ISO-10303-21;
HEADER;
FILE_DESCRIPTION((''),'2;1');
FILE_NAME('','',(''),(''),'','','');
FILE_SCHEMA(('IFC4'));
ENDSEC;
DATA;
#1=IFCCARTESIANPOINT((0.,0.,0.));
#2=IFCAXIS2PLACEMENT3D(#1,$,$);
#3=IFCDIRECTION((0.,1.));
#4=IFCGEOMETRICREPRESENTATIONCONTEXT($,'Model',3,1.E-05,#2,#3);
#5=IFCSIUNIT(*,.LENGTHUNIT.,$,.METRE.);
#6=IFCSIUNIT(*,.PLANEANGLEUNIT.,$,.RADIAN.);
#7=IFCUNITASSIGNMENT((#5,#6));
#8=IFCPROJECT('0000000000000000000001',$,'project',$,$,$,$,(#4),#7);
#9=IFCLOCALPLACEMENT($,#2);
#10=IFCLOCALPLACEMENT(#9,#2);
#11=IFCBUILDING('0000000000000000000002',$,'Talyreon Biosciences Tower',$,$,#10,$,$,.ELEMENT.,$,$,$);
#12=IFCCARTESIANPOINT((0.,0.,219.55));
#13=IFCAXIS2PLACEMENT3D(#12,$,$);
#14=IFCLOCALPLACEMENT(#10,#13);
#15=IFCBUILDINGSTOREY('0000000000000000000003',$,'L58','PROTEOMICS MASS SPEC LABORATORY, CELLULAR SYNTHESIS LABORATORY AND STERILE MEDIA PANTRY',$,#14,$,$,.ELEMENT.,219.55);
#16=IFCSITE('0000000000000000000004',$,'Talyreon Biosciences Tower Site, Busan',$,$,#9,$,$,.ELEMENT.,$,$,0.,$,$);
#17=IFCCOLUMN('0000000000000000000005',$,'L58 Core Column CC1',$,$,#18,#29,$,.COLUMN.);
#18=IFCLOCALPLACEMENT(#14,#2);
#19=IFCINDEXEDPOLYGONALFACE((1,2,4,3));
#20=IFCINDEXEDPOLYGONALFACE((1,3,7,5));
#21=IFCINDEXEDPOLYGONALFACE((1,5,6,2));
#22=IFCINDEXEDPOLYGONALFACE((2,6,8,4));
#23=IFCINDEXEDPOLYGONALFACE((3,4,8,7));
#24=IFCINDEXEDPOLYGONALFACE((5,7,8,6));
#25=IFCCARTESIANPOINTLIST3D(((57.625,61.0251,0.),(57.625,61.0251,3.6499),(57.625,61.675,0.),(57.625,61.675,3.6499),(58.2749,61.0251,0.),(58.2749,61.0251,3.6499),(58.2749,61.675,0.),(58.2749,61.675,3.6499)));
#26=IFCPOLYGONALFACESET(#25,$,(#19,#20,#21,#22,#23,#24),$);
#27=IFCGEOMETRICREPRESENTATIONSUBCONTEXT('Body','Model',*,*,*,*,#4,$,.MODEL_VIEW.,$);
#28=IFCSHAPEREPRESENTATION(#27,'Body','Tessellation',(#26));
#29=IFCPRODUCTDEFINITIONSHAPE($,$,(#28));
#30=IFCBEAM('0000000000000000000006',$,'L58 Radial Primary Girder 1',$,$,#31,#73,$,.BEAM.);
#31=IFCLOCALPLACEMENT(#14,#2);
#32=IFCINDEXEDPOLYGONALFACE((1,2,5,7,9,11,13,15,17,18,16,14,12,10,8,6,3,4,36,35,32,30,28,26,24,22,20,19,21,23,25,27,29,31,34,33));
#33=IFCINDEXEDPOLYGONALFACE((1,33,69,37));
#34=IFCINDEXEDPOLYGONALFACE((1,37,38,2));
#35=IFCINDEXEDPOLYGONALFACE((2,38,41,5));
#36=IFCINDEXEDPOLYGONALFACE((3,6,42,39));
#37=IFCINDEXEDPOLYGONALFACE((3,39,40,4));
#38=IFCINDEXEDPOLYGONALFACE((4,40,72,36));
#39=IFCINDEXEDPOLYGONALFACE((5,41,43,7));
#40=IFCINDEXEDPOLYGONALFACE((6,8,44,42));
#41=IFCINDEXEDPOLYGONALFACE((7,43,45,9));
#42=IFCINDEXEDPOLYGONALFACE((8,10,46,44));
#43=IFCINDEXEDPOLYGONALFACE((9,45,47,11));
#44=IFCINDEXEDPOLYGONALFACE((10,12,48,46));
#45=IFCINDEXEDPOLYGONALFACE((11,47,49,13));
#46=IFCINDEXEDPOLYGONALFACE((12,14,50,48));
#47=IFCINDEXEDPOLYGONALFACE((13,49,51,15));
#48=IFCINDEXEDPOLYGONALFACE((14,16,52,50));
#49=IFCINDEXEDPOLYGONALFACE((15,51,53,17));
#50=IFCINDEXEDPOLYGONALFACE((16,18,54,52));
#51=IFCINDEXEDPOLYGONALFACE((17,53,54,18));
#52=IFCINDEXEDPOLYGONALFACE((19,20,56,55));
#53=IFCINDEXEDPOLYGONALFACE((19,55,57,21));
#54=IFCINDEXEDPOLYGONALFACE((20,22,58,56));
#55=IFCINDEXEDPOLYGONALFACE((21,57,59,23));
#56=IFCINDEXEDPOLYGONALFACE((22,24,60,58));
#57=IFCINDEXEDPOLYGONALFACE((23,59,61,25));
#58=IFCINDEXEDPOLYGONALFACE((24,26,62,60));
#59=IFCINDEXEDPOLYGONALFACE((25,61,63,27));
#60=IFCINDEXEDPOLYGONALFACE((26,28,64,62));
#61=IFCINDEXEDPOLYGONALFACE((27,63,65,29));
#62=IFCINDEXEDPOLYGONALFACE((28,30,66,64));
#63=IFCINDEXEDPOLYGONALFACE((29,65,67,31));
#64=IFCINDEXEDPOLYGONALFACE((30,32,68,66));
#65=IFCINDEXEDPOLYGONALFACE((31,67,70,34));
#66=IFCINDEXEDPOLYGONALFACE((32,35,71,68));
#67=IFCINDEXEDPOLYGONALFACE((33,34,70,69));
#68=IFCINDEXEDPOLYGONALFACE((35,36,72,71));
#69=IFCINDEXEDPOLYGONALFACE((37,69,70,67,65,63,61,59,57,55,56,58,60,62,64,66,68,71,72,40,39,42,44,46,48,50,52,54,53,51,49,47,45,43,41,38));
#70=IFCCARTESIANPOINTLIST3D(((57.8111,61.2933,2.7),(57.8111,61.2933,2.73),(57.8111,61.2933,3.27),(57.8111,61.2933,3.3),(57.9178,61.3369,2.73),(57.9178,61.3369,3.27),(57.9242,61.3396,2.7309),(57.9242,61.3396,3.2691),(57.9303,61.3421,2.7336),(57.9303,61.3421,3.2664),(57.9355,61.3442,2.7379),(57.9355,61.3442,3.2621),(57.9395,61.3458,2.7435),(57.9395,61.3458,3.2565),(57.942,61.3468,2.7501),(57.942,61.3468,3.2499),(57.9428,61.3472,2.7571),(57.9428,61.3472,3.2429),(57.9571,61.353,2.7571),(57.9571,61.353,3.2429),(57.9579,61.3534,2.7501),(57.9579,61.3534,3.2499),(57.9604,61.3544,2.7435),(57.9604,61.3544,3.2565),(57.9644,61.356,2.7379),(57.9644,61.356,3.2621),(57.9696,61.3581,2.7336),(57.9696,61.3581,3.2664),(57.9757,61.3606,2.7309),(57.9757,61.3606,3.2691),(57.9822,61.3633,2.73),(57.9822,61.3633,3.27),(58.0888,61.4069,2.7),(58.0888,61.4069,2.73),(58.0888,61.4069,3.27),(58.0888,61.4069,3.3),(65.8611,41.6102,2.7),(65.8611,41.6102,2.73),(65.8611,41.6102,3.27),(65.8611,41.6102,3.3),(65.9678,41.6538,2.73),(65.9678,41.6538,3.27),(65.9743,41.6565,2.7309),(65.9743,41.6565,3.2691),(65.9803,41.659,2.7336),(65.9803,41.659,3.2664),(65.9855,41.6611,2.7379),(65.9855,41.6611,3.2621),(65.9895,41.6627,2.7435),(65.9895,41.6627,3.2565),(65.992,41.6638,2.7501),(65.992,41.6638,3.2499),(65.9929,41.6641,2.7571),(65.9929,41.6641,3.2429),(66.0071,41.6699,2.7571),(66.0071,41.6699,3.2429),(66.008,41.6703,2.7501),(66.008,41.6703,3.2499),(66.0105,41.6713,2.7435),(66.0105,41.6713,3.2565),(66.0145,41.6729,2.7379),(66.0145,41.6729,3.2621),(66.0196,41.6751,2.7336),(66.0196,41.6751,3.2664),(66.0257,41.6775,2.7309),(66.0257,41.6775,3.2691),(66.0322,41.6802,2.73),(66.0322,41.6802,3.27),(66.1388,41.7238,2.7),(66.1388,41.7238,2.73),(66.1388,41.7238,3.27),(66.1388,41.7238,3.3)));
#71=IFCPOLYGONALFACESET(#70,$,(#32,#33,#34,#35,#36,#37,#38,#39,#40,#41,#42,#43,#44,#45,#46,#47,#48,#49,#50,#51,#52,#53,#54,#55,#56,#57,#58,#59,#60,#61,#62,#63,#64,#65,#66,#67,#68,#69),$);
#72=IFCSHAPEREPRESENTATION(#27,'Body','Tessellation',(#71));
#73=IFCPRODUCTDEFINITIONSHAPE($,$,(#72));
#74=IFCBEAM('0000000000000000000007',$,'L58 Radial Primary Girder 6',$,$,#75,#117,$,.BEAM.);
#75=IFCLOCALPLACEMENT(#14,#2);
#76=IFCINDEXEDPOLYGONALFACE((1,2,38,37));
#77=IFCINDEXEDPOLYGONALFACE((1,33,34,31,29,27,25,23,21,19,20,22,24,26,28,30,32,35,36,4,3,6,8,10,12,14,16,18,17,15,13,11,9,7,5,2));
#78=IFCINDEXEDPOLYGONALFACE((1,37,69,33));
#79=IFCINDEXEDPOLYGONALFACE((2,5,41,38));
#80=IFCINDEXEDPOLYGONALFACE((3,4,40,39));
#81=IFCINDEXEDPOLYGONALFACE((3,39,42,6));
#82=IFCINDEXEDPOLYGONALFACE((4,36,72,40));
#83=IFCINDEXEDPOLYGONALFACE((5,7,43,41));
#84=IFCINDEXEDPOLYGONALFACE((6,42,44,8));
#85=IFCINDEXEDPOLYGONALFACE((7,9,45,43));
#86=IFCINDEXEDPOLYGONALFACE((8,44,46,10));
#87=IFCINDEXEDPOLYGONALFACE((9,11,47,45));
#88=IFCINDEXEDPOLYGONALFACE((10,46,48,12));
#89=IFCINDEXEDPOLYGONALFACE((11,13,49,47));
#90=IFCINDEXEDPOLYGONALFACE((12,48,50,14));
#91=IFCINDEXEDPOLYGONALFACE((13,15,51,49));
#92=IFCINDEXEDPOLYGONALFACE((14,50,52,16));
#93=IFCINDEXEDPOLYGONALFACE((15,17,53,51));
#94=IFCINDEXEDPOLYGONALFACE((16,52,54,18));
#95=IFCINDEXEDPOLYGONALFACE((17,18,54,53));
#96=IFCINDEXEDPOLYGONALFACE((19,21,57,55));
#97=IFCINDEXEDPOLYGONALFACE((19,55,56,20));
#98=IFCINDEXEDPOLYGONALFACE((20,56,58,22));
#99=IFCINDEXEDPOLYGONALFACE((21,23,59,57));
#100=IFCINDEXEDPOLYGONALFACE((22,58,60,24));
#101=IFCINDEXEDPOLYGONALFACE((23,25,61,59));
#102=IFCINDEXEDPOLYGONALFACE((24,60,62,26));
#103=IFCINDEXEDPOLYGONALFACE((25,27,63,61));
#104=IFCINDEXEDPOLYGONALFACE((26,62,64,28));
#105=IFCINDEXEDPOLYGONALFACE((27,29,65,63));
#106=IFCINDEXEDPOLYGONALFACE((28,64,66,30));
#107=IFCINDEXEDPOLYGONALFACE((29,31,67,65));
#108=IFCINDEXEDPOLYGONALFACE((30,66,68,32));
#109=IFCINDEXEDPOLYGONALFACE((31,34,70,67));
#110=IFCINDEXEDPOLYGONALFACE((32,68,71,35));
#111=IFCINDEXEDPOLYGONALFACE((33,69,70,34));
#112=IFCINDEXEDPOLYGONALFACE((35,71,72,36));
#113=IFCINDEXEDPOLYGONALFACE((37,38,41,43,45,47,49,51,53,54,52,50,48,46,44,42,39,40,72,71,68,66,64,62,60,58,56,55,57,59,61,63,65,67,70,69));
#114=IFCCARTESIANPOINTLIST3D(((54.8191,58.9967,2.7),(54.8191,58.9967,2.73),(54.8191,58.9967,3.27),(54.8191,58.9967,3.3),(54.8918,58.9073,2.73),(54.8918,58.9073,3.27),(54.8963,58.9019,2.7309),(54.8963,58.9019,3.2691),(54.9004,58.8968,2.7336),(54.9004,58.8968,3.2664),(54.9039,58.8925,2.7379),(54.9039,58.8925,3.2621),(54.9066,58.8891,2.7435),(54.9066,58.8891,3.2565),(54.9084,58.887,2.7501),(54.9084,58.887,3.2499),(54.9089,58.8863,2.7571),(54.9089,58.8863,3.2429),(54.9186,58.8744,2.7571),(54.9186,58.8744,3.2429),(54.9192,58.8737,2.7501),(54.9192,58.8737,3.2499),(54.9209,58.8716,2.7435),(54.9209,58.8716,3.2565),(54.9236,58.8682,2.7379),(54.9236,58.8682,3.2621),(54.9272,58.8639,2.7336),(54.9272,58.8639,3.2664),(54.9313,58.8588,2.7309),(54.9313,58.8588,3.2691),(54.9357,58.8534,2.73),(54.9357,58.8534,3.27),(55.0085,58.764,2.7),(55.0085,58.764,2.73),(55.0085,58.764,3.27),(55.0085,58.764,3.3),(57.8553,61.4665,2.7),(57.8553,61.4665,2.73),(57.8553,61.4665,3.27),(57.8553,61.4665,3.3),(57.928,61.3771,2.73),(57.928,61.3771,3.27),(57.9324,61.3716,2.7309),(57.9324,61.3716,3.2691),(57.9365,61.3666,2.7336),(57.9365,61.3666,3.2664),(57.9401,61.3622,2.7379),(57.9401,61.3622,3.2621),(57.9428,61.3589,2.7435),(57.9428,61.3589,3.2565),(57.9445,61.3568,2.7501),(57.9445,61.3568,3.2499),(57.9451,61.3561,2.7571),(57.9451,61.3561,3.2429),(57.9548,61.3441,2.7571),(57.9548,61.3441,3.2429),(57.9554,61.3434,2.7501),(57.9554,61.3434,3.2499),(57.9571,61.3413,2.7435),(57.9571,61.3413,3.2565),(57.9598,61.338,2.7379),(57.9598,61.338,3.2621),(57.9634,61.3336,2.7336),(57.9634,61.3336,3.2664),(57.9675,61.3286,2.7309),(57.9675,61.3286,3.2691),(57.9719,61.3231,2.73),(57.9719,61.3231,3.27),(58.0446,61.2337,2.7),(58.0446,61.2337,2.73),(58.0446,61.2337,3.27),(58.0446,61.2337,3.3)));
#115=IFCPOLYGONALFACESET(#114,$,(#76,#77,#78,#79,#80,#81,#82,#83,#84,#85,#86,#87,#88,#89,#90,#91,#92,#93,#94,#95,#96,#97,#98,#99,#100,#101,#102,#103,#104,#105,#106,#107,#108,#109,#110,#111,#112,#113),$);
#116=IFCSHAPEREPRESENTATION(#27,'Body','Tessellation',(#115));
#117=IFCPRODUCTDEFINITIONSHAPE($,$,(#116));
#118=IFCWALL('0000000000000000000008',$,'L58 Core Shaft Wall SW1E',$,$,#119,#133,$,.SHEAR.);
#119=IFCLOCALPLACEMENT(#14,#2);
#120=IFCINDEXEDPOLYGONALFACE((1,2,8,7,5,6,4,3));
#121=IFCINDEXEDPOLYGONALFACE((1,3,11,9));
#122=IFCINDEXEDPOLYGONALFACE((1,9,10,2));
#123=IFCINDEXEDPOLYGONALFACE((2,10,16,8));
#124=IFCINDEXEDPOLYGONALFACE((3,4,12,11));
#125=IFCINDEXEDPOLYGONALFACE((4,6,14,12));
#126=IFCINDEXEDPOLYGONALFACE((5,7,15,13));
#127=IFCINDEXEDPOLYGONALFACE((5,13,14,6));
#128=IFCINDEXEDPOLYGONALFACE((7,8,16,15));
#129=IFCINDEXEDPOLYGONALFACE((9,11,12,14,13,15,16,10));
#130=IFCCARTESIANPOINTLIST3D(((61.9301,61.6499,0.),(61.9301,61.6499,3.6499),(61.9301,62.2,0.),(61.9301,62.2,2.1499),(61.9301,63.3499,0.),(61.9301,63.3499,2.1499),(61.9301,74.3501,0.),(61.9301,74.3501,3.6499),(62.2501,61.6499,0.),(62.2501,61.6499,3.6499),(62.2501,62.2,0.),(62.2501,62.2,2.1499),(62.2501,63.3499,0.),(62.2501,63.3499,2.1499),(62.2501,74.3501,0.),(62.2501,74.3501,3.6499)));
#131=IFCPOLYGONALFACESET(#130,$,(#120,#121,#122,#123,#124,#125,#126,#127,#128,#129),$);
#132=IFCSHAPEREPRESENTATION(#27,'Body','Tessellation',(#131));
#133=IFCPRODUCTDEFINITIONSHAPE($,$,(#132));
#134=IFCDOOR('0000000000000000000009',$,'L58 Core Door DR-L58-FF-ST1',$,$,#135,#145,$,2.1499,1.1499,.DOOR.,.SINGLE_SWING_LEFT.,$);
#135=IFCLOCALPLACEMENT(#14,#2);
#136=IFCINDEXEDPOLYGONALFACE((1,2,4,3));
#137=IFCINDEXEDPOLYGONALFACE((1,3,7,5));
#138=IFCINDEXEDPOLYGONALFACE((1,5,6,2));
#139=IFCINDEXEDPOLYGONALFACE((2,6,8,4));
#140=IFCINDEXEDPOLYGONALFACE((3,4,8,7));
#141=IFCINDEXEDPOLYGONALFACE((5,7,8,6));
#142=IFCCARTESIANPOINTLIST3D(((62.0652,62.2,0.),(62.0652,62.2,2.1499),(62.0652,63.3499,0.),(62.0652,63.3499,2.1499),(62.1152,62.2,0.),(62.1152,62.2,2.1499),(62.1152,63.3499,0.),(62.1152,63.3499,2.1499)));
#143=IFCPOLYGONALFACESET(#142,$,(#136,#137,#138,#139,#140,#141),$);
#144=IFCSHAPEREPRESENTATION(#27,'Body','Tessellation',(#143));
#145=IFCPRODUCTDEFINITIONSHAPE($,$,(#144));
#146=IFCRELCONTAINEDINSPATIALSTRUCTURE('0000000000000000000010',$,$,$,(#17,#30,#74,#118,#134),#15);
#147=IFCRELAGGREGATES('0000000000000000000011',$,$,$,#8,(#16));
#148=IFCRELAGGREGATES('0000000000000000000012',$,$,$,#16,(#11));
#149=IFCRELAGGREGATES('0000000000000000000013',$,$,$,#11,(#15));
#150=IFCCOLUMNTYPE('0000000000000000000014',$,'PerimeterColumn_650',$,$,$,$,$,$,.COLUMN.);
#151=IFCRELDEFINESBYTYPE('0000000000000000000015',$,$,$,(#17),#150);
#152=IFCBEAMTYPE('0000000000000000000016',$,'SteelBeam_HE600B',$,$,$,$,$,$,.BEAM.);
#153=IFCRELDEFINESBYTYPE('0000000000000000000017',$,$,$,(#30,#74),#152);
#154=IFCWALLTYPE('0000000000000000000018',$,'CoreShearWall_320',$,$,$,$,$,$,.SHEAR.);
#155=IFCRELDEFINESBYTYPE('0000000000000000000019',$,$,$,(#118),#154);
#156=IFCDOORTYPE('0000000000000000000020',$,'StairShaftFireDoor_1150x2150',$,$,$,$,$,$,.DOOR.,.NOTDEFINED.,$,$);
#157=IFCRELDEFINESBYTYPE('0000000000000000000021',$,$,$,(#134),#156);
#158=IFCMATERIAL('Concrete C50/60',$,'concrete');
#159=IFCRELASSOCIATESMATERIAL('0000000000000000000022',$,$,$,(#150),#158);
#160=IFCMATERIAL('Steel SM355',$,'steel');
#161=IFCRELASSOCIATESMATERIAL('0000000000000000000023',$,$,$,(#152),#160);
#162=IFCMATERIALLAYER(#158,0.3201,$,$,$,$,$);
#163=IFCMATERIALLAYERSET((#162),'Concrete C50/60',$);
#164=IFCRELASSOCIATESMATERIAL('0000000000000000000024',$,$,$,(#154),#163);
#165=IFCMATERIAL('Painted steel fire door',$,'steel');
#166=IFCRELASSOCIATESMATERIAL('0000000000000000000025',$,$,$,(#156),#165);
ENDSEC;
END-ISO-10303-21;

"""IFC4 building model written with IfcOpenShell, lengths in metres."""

from ifc_helpers import new_model, si_unit, direction, frame, frame_2d, origin, origin_2d, place, context, subcontext, project, spatial, rectangle, i_section, extrude, material, layer, layer_set, material_profile, profile_set, type_object, element, fill, save


model = new_model("IFC4")

# Units and contexts
model_context = context("Model", 3, precision=1e-05, world=origin(), true_north=direction((0.0, 1.0)))
body_context = subcontext(model_context, "Body", "Model", "MODEL_VIEW")
ifc_project = project(units=[si_unit("LENGTHUNIT", "METRE"), si_unit("PLANEANGLEUNIT", "RADIAN")], contexts=[model_context])

# Site, building, storey
site_placement = place(None, origin())
site = spatial("IfcSite", under=ifc_project, at=site_placement, Name="Talyreon Biosciences Tower Site, Busan", CompositionType="ELEMENT", RefElevation=0.0)
building_placement = place(site_placement, origin())
building = spatial("IfcBuilding", under=site, at=building_placement, Name="Talyreon Biosciences Tower", CompositionType="ELEMENT")
storey_placement = place(building_placement, frame((0.0, 0.0, 219.55)))
storey = spatial("IfcBuildingStorey", under=building, at=storey_placement, Name="L58", Description="PROTEOMICS MASS SPEC LABORATORY, CELLULAR SYNTHESIS LABORATORY AND STERILE MEDIA PANTRY", CompositionType="ELEMENT", Elevation=219.55)

# Column
ifc_material_1 = material(Name="Concrete C50/60", Category="concrete")
ifc_material_profile_1 = material_profile(ifc_material_1, rectangle(XDim=0.6499, YDim=0.6499, at=origin_2d()), Name="RC 650x650")
ifc_profile_set_1 = profile_set([ifc_material_profile_1], Name="Concrete C50/60")
column_type = type_object("IfcColumnType", Name="PerimeterColumn_650", PredefinedType="COLUMN", material=ifc_profile_set_1)
column_placement = place(storey_placement, frame((57.95, 61.3501, 0.0), z_axis=(0.0, 0.0, 1.0), x_axis=(1.0, 0.0, 0.0)))
element("IfcColumn", 1, at=column_placement, inside=storey, type_object=column_type, Name="L58 Core Column CC1", PredefinedType="COLUMN", context=body_context, shape_type="SweptSolid", body=[
    extrude(rectangle(XDim=0.6499, YDim=0.6499, at=origin_2d()), origin(), (0.0, 0.0, 1.0), 3.6499),
])

# Beams
ifc_material_2 = material(Name="Steel SM355", Category="steel")
ifc_material_profile_2 = material_profile(ifc_material_2, i_section(OverallWidth=0.3, OverallDepth=0.6001, WebThickness=0.0154, FlangeThickness=0.03, FilletRadius=0.0271, at=origin_2d()), Name="HE600B")
ifc_profile_set_2 = profile_set([ifc_material_profile_2], Name="Steel SM355")
beam_type = type_object("IfcBeamType", Name="SteelBeam_HE600B", PredefinedType="BEAM", material=ifc_profile_set_2)
beam_1_placement = place(storey_placement, frame((57.95, 61.3501, 3.0), z_axis=(0.378547, -0.925582, 0.0), x_axis=(0.925582, 0.378547, 0.0)))
element("IfcBeam", 2, at=beam_1_placement, inside=storey, type_object=beam_type, Name="L58 Radial Primary Girder 1", PredefinedType="BEAM", context=body_context, shape_type="SweptSolid", body=[
    extrude(i_section(OverallWidth=0.3, OverallDepth=0.6001, WebThickness=0.0154, FlangeThickness=0.03, FilletRadius=0.0271, at=origin_2d()), origin(), (0.0, 0.0, 1.0), 21.2656),
])
beam_2_placement = place(storey_placement, frame((57.95, 61.3501, 3.0), z_axis=(-0.775755, -0.631034, 0.0), x_axis=(0.631034, -0.775755, 0.0)))
element("IfcBeam", 3, at=beam_2_placement, inside=storey, type_object=beam_type, Name="L58 Radial Primary Girder 6", PredefinedType="BEAM", context=body_context, shape_type="SweptSolid", body=[
    extrude(i_section(OverallWidth=0.3, OverallDepth=0.6001, WebThickness=0.0154, FlangeThickness=0.03, FilletRadius=0.0271, at=origin_2d()), origin(), (0.0, 0.0, 1.0), 3.9138),
])

# Wall, opening, door
ifc_layer_1 = layer(ifc_material_1, 0.3201)
ifc_layer_set_1 = layer_set([ifc_layer_1], Name="Concrete C50/60")
wall_type_1 = type_object("IfcWallType", Name="CoreShearWall_320", PredefinedType="SHEAR", material=ifc_layer_set_1)
wall_1_placement = place(storey_placement, frame((62.0901, 61.6499, 0.0), z_axis=(0.0, 0.0, 1.0), x_axis=(0.0, 1.0, 0.0)))
wall_1 = element("IfcWall", 4, at=wall_1_placement, inside=storey, type_object=wall_type_1, Name="L58 Core Shaft Wall SW1E", PredefinedType="SHEAR", context=body_context, shape_type="SweptSolid", body=[
    extrude(rectangle(XDim=12.7002, YDim=0.3201, at=frame_2d((6.3501, 0.0))), origin(), (0.0, 0.0, 1.0), 3.6499),
])
opening_1_placement = place(wall_1_placement, frame((0.55, 0.0, 0.0)))
opening_1 = element("IfcOpeningElement", 5, at=opening_1_placement, cuts=wall_1, PredefinedType="OPENING", context=body_context, shape_type="SweptSolid", body=[
    extrude(rectangle(XDim=1.1499, YDim=2.1499, at=frame_2d((0.575, 1.075))), frame((0.0, 0.1699, 0.0), z_axis=(0.0, -1.0, 0.0), x_axis=(1.0, 0.0, 0.0)), (0.0, 0.0, 1.0), 0.3401),
])
ifc_material_3 = material(Name="Painted steel fire door", Category="steel")
door_type_1 = type_object("IfcDoorType", Name="StairShaftFireDoor_1150x2150", OperationType="NOTDEFINED", PredefinedType="DOOR", material=ifc_material_3)
door_1_placement = place(opening_1_placement, origin())
door_1 = element("IfcDoor", 6, at=door_1_placement, inside=storey, type_object=door_type_1, Name="L58 Core Door DR-L58-FF-ST1", OperationType="SINGLE_SWING_LEFT", OverallHeight=2.1499, OverallWidth=1.1499, PredefinedType="DOOR", context=body_context, shape_type="SweptSolid", body=[
    extrude(rectangle(XDim=1.1499, YDim=2.1499, at=frame_2d((0.575, 1.075))), frame((0.0, 0.0249, 0.0), z_axis=(0.0, -1.0, 0.0), x_axis=(1.0, 0.0, 0.0)), (0.0, 0.0, 1.0), 0.05),
])
fill(opening_1, door_1)

save(model, "model.ifc")
